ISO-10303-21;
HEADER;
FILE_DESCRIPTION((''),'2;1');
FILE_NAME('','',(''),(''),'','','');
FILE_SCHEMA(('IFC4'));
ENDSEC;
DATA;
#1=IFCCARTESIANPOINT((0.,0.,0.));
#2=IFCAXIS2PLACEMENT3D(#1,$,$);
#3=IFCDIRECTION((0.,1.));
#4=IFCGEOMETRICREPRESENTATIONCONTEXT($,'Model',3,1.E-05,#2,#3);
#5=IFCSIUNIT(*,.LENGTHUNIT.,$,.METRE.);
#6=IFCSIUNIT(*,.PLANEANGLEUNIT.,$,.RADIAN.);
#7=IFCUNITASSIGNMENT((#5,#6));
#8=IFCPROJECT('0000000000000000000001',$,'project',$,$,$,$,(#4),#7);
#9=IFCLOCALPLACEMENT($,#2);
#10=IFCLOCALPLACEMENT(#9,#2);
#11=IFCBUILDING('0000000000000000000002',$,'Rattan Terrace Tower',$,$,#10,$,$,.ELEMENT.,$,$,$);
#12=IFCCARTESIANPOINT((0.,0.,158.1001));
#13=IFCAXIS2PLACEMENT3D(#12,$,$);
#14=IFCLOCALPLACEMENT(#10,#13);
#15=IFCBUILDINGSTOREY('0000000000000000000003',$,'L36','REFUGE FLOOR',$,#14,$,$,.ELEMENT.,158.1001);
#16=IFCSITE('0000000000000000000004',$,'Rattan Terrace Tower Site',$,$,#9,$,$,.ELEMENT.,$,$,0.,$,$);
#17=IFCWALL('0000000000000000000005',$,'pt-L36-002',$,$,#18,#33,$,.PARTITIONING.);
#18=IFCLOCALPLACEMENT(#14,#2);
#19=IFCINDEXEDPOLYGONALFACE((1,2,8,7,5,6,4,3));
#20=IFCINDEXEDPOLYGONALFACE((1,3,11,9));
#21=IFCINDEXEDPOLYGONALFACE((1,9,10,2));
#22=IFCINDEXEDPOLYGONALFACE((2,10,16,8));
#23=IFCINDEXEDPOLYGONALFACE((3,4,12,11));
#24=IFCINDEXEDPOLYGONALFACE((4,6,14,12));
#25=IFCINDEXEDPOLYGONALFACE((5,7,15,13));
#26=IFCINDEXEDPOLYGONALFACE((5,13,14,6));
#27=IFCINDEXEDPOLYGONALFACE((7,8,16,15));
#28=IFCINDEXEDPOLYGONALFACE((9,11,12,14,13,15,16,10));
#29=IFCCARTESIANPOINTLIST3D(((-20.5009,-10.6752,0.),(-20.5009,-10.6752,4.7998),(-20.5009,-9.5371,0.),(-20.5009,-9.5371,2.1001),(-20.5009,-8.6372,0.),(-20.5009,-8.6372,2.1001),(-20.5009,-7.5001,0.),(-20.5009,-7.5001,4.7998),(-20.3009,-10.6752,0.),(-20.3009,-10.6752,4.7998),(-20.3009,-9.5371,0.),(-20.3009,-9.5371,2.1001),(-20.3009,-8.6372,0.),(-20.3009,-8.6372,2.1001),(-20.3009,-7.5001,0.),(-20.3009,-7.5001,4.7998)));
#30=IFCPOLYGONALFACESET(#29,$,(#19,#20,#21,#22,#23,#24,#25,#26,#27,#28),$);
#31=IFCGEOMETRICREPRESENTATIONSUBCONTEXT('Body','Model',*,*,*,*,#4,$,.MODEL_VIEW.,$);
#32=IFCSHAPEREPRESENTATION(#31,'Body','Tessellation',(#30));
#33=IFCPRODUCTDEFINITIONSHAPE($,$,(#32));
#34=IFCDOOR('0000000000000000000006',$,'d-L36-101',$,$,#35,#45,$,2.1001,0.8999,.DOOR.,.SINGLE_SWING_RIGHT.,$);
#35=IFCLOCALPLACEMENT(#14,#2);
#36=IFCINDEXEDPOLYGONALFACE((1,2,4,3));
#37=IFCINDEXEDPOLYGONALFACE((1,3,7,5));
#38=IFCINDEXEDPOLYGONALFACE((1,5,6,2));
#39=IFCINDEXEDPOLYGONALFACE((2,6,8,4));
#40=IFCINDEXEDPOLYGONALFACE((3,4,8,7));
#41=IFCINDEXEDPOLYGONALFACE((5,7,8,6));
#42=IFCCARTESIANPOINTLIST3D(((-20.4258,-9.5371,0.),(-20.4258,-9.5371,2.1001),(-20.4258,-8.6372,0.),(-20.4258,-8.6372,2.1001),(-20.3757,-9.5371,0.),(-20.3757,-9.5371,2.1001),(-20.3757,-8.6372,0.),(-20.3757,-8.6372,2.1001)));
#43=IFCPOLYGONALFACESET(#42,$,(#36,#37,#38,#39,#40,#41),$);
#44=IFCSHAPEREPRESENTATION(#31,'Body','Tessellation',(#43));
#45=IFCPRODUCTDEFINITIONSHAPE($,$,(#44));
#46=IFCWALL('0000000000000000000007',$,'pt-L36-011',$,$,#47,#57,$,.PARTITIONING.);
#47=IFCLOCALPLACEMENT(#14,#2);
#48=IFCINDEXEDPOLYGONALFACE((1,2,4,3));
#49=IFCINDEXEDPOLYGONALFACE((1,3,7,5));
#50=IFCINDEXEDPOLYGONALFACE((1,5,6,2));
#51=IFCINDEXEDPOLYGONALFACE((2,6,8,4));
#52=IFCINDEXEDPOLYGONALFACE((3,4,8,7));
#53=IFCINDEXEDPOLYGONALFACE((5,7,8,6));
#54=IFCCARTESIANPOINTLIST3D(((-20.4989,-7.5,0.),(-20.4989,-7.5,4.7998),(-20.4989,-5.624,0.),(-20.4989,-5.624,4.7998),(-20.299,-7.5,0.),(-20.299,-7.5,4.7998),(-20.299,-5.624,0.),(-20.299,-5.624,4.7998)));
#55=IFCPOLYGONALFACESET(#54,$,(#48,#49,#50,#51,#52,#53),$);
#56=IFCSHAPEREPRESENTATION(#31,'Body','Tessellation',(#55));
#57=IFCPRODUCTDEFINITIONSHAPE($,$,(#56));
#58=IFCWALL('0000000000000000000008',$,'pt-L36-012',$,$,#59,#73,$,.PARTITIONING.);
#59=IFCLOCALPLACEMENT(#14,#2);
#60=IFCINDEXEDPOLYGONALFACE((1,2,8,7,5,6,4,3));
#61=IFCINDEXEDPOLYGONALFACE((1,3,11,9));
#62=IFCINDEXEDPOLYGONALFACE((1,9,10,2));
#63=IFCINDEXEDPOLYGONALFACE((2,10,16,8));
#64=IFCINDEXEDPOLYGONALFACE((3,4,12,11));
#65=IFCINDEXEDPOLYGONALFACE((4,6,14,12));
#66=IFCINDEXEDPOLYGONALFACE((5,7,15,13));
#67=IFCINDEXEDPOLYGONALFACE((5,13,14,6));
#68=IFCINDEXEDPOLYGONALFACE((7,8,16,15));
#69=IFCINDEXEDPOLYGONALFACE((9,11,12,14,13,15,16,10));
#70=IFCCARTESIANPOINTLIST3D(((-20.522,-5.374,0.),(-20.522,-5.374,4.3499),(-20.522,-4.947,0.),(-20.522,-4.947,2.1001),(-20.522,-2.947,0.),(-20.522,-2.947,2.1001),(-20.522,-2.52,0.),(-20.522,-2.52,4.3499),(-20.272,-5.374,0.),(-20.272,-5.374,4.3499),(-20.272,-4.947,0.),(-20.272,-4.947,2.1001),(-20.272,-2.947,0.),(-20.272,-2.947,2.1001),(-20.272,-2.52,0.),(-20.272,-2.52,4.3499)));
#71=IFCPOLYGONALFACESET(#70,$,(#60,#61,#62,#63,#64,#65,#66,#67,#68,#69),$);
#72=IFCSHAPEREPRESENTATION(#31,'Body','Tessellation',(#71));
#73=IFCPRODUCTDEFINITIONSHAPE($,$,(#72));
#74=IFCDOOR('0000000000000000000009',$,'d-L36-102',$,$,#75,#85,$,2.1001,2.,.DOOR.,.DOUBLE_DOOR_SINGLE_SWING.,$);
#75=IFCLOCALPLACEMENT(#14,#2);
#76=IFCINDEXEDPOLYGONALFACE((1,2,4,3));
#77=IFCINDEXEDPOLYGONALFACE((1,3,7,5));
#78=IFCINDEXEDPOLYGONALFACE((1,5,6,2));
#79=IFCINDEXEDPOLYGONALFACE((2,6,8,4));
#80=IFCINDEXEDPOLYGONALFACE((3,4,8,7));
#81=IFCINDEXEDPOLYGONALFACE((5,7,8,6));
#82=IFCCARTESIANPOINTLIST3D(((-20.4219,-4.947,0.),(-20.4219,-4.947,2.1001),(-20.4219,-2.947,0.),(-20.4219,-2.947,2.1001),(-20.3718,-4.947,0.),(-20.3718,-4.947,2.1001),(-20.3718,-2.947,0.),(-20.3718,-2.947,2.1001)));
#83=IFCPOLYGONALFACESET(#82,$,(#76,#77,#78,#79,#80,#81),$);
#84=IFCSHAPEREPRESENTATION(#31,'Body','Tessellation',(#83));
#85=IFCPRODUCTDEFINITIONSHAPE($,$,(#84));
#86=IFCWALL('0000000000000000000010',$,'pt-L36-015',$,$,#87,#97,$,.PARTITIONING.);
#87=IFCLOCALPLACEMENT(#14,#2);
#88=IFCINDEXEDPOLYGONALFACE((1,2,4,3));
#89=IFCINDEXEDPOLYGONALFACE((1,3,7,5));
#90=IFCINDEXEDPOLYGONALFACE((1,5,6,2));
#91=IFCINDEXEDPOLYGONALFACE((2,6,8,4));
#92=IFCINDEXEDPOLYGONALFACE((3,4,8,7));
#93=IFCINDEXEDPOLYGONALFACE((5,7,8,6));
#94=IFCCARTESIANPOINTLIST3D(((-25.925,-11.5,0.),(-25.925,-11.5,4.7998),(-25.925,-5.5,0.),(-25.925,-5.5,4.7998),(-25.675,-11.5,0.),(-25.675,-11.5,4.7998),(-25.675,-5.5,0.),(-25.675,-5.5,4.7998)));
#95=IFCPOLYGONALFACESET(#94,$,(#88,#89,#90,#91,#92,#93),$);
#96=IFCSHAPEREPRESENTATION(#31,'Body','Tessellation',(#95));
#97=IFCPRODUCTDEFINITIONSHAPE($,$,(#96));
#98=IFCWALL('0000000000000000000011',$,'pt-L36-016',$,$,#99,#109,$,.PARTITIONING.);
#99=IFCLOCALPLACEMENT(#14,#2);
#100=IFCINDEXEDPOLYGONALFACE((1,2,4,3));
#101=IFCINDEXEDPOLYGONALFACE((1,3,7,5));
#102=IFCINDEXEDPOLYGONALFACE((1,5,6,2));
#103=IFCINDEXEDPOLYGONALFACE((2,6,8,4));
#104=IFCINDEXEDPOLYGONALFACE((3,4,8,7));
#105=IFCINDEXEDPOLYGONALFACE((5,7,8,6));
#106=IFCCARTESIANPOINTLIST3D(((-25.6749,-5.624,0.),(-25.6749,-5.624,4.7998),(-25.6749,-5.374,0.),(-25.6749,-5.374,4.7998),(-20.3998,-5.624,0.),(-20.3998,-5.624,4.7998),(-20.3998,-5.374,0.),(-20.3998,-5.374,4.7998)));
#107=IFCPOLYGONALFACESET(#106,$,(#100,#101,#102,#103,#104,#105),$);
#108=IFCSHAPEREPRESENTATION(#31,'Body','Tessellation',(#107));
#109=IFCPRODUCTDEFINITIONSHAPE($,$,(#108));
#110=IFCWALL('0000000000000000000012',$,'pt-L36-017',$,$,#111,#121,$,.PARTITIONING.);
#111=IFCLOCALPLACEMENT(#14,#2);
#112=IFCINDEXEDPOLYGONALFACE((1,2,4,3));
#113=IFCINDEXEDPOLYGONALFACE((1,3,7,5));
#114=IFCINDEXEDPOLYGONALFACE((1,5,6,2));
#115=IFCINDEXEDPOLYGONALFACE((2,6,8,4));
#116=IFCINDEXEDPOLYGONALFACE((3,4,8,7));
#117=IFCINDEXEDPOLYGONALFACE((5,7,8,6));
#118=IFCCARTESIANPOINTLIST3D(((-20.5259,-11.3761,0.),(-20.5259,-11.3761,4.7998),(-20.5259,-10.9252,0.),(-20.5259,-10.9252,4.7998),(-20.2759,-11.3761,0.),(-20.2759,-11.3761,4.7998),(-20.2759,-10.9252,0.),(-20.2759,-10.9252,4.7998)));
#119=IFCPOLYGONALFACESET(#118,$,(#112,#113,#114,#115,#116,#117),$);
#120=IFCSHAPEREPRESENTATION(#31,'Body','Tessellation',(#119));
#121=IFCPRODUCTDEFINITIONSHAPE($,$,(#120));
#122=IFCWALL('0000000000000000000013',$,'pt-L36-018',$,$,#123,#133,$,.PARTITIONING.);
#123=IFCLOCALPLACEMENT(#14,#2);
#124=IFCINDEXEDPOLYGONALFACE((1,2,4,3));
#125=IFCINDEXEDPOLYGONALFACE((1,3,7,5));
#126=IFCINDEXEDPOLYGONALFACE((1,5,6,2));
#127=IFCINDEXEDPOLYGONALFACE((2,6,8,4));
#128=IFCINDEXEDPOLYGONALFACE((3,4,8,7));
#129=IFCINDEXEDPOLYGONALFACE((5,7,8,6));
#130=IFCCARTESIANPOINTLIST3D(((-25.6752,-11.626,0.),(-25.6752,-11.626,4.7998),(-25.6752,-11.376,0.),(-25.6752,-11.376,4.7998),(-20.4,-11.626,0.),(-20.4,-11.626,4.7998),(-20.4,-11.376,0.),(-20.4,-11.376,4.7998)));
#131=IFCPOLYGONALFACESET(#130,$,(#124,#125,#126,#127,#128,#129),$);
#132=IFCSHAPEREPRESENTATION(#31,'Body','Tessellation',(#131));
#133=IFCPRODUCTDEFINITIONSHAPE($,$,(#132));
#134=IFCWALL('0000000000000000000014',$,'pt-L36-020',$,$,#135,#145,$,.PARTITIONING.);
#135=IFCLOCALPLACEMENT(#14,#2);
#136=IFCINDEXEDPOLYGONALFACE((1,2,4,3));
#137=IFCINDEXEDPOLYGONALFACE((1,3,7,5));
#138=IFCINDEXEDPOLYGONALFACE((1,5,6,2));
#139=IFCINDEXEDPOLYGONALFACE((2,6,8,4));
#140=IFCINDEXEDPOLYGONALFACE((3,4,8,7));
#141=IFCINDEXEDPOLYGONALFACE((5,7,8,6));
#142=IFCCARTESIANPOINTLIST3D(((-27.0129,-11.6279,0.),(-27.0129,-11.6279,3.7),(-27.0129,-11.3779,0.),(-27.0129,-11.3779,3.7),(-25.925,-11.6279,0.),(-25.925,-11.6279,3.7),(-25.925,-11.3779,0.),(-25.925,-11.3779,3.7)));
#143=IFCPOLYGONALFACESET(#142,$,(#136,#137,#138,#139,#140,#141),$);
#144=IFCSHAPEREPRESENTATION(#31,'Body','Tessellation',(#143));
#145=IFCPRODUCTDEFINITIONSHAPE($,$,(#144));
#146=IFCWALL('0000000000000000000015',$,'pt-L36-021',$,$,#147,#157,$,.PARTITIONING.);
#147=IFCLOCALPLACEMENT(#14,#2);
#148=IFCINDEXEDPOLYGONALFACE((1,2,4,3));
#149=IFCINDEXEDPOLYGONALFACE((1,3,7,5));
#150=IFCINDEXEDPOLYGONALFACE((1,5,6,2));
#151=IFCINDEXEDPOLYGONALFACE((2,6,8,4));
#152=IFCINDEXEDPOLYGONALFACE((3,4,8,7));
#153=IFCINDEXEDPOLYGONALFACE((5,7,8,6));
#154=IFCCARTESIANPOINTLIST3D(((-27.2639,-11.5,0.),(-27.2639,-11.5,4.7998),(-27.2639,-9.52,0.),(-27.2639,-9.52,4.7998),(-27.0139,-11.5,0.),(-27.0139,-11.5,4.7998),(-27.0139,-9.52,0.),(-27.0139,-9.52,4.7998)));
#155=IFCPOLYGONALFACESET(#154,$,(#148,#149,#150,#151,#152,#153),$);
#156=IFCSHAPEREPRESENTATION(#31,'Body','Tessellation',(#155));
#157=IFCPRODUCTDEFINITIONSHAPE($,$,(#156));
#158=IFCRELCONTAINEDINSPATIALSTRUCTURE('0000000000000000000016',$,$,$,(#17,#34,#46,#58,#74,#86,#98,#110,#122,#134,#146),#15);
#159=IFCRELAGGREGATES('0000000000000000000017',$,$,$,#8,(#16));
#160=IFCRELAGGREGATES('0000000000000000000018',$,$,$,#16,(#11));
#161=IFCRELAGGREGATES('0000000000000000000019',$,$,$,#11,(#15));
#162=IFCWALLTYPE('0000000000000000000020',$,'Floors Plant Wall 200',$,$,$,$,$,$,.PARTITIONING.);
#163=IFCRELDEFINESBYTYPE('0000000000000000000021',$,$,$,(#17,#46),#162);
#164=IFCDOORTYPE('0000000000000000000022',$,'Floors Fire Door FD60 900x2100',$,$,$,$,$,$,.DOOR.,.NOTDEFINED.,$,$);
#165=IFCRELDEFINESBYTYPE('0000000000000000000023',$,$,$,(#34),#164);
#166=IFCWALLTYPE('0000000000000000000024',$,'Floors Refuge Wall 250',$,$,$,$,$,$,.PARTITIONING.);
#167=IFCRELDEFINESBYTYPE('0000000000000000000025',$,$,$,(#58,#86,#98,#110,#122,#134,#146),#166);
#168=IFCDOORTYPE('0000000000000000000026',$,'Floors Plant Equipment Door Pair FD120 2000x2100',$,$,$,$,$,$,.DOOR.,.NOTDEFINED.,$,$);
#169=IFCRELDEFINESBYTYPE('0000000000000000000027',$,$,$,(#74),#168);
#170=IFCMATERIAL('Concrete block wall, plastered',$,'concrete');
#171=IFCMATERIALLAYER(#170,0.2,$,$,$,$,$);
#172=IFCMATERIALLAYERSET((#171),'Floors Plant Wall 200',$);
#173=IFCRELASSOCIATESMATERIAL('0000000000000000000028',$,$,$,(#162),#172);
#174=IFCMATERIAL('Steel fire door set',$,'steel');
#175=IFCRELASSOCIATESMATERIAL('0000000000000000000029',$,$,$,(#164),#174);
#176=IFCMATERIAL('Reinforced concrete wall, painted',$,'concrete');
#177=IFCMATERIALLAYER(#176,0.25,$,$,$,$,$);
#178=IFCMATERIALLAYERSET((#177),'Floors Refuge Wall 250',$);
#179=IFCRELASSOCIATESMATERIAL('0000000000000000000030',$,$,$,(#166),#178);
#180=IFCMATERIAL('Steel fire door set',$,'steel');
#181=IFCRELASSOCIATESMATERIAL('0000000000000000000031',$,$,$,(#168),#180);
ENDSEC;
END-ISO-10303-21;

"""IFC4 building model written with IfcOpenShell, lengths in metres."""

from ifc_helpers import new_model, si_unit, direction, frame, frame_2d, origin, place, context, subcontext, project, spatial, rectangle, extrude, material, layer, layer_set, type_object, element, fill, save


model = new_model("IFC4")

# Units and contexts
model_context = context("Model", 3, precision=1e-05, world=origin(), true_north=direction((0.0, 1.0)))
body_context = subcontext(model_context, "Body", "Model", "MODEL_VIEW")
ifc_project = project(units=[si_unit("LENGTHUNIT", "METRE"), si_unit("PLANEANGLEUNIT", "RADIAN")], contexts=[model_context])

# Site, building, storey
site_placement = place(None, origin())
site = spatial("IfcSite", under=ifc_project, at=site_placement, Name="Rattan Terrace Tower Site", CompositionType="ELEMENT", RefElevation=0.0)
building_placement = place(site_placement, origin())
building = spatial("IfcBuilding", under=site, at=building_placement, Name="Rattan Terrace Tower", CompositionType="ELEMENT")
storey_placement = place(building_placement, frame((0.0, 0.0, 158.1001)))
storey = spatial("IfcBuildingStorey", under=building, at=storey_placement, Name="L36", Description="REFUGE FLOOR", CompositionType="ELEMENT", Elevation=158.1001)

# Wall, opening, door
ifc_material_1 = material(Name="Concrete block wall, plastered", Category="concrete")
ifc_layer_1 = layer(ifc_material_1, 0.2)
ifc_layer_set_1 = layer_set([ifc_layer_1], Name="Floors Plant Wall 200")
wall_type_1 = type_object("IfcWallType", Name="Floors Plant Wall 200", PredefinedType="PARTITIONING", material=ifc_layer_set_1)
wall_1_placement = place(storey_placement, frame((-20.4009, -10.675, 0.0), z_axis=(0.0, 0.0, 1.0), x_axis=(0.0, 1.0, 0.0)))
wall_1 = element("IfcWall", 1, at=wall_1_placement, inside=storey, type_object=wall_type_1, Name="pt-L36-002", PredefinedType="PARTITIONING", context=body_context, shape_type="SweptSolid", body=[
    extrude(rectangle(XDim=3.175, YDim=0.2, at=frame_2d((1.5874, 0.0))), origin(), (0.0, 0.0, 1.0), 4.7998),
])
opening_1_placement = place(wall_1_placement, frame((1.1379, 0.0, 0.0)))
opening_1 = element("IfcOpeningElement", 2, at=opening_1_placement, cuts=wall_1, PredefinedType="OPENING", context=body_context, shape_type="SweptSolid", body=[
    extrude(rectangle(XDim=0.8999, YDim=2.1001, at=frame_2d((0.45, 1.05))), frame((0.0, 0.1106, 0.0), z_axis=(0.0, -1.0, 0.0), x_axis=(1.0, 0.0, 0.0)), (0.0, 0.0, 1.0), 0.2209),
])
ifc_material_2 = material(Name="Steel fire door set", Category="steel")
door_type_1 = type_object("IfcDoorType", Name="Floors Fire Door FD60 900x2100", OperationType="NOTDEFINED", PredefinedType="DOOR", material=ifc_material_2)
door_1_placement = place(opening_1_placement, origin())
door_1 = element("IfcDoor", 3, at=door_1_placement, inside=storey, type_object=door_type_1, Name="d-L36-101", OperationType="SINGLE_SWING_RIGHT", OverallHeight=2.1001, OverallWidth=0.8999, PredefinedType="DOOR", context=body_context, shape_type="SweptSolid", body=[
    extrude(rectangle(XDim=0.8999, YDim=2.1001, at=frame_2d((0.45, 1.05))), frame((0.0, 0.0249, 0.0), z_axis=(0.0, -1.0, 0.0), x_axis=(1.0, 0.0, 0.0)), (0.0, 0.0, 1.0), 0.05),
])
fill(opening_1, door_1)

# Wall
wall_2_placement = place(storey_placement, frame((-20.3989, -7.5, 0.0), z_axis=(0.0, 0.0, 1.0), x_axis=(0.0, 1.0, 0.0)))
element("IfcWall", 4, at=wall_2_placement, inside=storey, type_object=wall_type_1, Name="pt-L36-011", PredefinedType="PARTITIONING", context=body_context, shape_type="SweptSolid", body=[
    extrude(rectangle(XDim=1.876, YDim=0.2, at=frame_2d((0.938, 0.0))), origin(), (0.0, 0.0, 1.0), 4.7998),
])

# Wall, opening, door
ifc_material_3 = material(Name="Reinforced concrete wall, painted", Category="concrete")
ifc_layer_2 = layer(ifc_material_3, 0.25)
ifc_layer_set_2 = layer_set([ifc_layer_2], Name="Floors Refuge Wall 250")
wall_type_2 = type_object("IfcWallType", Name="Floors Refuge Wall 250", PredefinedType="PARTITIONING", material=ifc_layer_set_2)
wall_3_placement = place(storey_placement, frame((-20.397, -5.374, 0.0), z_axis=(0.0, 0.0, 1.0), x_axis=(0.0, 1.0, 0.0)))
wall_3 = element("IfcWall", 5, at=wall_3_placement, inside=storey, type_object=wall_type_2, Name="pt-L36-012", PredefinedType="PARTITIONING", context=body_context, shape_type="SweptSolid", body=[
    extrude(rectangle(XDim=2.854, YDim=0.25, at=frame_2d((1.427, 0.0))), origin(), (0.0, 0.0, 1.0), 4.3499),
])
opening_2_placement = place(wall_3_placement, frame((0.427, 0.0, 0.0)))
opening_2 = element("IfcOpeningElement", 6, at=opening_2_placement, cuts=wall_3, PredefinedType="OPENING", context=body_context, shape_type="SweptSolid", body=[
    extrude(rectangle(XDim=2.0, YDim=2.1001, at=frame_2d((1.0, 1.05))), frame((0.0, 0.1355, 0.0), z_axis=(0.0, -1.0, 0.0), x_axis=(1.0, 0.0, 0.0)), (0.0, 0.0, 1.0), 0.271),
])
ifc_material_4 = material(Name="Steel fire door set", Category="steel")
door_type_2 = type_object("IfcDoorType", Name="Floors Plant Equipment Door Pair FD120 2000x2100", OperationType="NOTDEFINED", PredefinedType="DOOR", material=ifc_material_4)
door_2_placement = place(opening_2_placement, origin())
door_2 = element("IfcDoor", 7, at=door_2_placement, inside=storey, type_object=door_type_2, Name="d-L36-102", OperationType="DOUBLE_DOOR_SINGLE_SWING", OverallHeight=2.1001, OverallWidth=2.0, PredefinedType="DOOR", context=body_context, shape_type="SweptSolid", body=[
    extrude(rectangle(XDim=2.0, YDim=2.1001, at=frame_2d((1.0, 1.05))), frame((0.0, 0.0249, 0.0), z_axis=(0.0, -1.0, 0.0), x_axis=(1.0, 0.0, 0.0)), (0.0, 0.0, 1.0), 0.05),
])
fill(opening_2, door_2)

# Walls
wall_4_placement = place(storey_placement, frame((-25.8, -11.5, 0.0), z_axis=(0.0, 0.0, 1.0), x_axis=(0.0, 1.0, 0.0)))
element("IfcWall", 8, at=wall_4_placement, inside=storey, type_object=wall_type_2, Name="pt-L36-015", PredefinedType="PARTITIONING", context=body_context, shape_type="SweptSolid", body=[
    extrude(rectangle(XDim=6.0, YDim=0.25, at=frame_2d((3.0, 0.0))), origin(), (0.0, 0.0, 1.0), 4.7998),
])
wall_5_placement = place(storey_placement, frame((-25.675, -5.499, 0.0), z_axis=(0.0, 0.0, 1.0), x_axis=(1.0, 0.0, 0.0)))
element("IfcWall", 9, at=wall_5_placement, inside=storey, type_object=wall_type_2, Name="pt-L36-016", PredefinedType="PARTITIONING", context=body_context, shape_type="SweptSolid", body=[
    extrude(rectangle(XDim=5.2751, YDim=0.25, at=frame_2d((2.6377, 0.0))), origin(), (0.0, 0.0, 1.0), 4.7998),
])
wall_6_placement = place(storey_placement, frame((-20.4009, -10.925, 0.0), z_axis=(0.0, 0.0, 1.0), x_axis=(0.0, -1.0, 0.0)))
element("IfcWall", 10, at=wall_6_placement, inside=storey, type_object=wall_type_2, Name="pt-L36-017", PredefinedType="PARTITIONING", context=body_context, shape_type="SweptSolid", body=[
    extrude(rectangle(XDim=0.4509, YDim=0.25, at=frame_2d((0.2256, 0.0))), origin(), (0.0, 0.0, 1.0), 4.7998),
])
wall_7_placement = place(storey_placement, frame((-20.3999, -11.501, 0.0), z_axis=(0.0, 0.0, 1.0), x_axis=(-1.0, 0.0, 0.0)))
element("IfcWall", 11, at=wall_7_placement, inside=storey, type_object=wall_type_2, Name="pt-L36-018", PredefinedType="PARTITIONING", context=body_context, shape_type="SweptSolid", body=[
    extrude(rectangle(XDim=5.2751, YDim=0.25, at=frame_2d((2.6377, 0.0))), origin(), (0.0, 0.0, 1.0), 4.7998),
])
wall_8_placement = place(storey_placement, frame((-25.925, -11.5029, 0.0), z_axis=(0.0, 0.0, 1.0), x_axis=(-1.0, 0.0, 0.0)))
element("IfcWall", 12, at=wall_8_placement, inside=storey, type_object=wall_type_2, Name="pt-L36-020", PredefinedType="PARTITIONING", context=body_context, shape_type="SweptSolid", body=[
    extrude(rectangle(XDim=1.0879, YDim=0.25, at=frame_2d((0.5439, 0.0))), origin(), (0.0, 0.0, 1.0), 3.7),
])
wall_9_placement = place(storey_placement, frame((-27.1389, -11.5, 0.0), z_axis=(0.0, 0.0, 1.0), x_axis=(0.0, 1.0, 0.0)))
element("IfcWall", 13, at=wall_9_placement, inside=storey, type_object=wall_type_2, Name="pt-L36-021", PredefinedType="PARTITIONING", context=body_context, shape_type="SweptSolid", body=[
    extrude(rectangle(XDim=1.98, YDim=0.25, at=frame_2d((0.99, 0.0))), origin(), (0.0, 0.0, 1.0), 4.7998),
])

save(model, "model.ifc")
